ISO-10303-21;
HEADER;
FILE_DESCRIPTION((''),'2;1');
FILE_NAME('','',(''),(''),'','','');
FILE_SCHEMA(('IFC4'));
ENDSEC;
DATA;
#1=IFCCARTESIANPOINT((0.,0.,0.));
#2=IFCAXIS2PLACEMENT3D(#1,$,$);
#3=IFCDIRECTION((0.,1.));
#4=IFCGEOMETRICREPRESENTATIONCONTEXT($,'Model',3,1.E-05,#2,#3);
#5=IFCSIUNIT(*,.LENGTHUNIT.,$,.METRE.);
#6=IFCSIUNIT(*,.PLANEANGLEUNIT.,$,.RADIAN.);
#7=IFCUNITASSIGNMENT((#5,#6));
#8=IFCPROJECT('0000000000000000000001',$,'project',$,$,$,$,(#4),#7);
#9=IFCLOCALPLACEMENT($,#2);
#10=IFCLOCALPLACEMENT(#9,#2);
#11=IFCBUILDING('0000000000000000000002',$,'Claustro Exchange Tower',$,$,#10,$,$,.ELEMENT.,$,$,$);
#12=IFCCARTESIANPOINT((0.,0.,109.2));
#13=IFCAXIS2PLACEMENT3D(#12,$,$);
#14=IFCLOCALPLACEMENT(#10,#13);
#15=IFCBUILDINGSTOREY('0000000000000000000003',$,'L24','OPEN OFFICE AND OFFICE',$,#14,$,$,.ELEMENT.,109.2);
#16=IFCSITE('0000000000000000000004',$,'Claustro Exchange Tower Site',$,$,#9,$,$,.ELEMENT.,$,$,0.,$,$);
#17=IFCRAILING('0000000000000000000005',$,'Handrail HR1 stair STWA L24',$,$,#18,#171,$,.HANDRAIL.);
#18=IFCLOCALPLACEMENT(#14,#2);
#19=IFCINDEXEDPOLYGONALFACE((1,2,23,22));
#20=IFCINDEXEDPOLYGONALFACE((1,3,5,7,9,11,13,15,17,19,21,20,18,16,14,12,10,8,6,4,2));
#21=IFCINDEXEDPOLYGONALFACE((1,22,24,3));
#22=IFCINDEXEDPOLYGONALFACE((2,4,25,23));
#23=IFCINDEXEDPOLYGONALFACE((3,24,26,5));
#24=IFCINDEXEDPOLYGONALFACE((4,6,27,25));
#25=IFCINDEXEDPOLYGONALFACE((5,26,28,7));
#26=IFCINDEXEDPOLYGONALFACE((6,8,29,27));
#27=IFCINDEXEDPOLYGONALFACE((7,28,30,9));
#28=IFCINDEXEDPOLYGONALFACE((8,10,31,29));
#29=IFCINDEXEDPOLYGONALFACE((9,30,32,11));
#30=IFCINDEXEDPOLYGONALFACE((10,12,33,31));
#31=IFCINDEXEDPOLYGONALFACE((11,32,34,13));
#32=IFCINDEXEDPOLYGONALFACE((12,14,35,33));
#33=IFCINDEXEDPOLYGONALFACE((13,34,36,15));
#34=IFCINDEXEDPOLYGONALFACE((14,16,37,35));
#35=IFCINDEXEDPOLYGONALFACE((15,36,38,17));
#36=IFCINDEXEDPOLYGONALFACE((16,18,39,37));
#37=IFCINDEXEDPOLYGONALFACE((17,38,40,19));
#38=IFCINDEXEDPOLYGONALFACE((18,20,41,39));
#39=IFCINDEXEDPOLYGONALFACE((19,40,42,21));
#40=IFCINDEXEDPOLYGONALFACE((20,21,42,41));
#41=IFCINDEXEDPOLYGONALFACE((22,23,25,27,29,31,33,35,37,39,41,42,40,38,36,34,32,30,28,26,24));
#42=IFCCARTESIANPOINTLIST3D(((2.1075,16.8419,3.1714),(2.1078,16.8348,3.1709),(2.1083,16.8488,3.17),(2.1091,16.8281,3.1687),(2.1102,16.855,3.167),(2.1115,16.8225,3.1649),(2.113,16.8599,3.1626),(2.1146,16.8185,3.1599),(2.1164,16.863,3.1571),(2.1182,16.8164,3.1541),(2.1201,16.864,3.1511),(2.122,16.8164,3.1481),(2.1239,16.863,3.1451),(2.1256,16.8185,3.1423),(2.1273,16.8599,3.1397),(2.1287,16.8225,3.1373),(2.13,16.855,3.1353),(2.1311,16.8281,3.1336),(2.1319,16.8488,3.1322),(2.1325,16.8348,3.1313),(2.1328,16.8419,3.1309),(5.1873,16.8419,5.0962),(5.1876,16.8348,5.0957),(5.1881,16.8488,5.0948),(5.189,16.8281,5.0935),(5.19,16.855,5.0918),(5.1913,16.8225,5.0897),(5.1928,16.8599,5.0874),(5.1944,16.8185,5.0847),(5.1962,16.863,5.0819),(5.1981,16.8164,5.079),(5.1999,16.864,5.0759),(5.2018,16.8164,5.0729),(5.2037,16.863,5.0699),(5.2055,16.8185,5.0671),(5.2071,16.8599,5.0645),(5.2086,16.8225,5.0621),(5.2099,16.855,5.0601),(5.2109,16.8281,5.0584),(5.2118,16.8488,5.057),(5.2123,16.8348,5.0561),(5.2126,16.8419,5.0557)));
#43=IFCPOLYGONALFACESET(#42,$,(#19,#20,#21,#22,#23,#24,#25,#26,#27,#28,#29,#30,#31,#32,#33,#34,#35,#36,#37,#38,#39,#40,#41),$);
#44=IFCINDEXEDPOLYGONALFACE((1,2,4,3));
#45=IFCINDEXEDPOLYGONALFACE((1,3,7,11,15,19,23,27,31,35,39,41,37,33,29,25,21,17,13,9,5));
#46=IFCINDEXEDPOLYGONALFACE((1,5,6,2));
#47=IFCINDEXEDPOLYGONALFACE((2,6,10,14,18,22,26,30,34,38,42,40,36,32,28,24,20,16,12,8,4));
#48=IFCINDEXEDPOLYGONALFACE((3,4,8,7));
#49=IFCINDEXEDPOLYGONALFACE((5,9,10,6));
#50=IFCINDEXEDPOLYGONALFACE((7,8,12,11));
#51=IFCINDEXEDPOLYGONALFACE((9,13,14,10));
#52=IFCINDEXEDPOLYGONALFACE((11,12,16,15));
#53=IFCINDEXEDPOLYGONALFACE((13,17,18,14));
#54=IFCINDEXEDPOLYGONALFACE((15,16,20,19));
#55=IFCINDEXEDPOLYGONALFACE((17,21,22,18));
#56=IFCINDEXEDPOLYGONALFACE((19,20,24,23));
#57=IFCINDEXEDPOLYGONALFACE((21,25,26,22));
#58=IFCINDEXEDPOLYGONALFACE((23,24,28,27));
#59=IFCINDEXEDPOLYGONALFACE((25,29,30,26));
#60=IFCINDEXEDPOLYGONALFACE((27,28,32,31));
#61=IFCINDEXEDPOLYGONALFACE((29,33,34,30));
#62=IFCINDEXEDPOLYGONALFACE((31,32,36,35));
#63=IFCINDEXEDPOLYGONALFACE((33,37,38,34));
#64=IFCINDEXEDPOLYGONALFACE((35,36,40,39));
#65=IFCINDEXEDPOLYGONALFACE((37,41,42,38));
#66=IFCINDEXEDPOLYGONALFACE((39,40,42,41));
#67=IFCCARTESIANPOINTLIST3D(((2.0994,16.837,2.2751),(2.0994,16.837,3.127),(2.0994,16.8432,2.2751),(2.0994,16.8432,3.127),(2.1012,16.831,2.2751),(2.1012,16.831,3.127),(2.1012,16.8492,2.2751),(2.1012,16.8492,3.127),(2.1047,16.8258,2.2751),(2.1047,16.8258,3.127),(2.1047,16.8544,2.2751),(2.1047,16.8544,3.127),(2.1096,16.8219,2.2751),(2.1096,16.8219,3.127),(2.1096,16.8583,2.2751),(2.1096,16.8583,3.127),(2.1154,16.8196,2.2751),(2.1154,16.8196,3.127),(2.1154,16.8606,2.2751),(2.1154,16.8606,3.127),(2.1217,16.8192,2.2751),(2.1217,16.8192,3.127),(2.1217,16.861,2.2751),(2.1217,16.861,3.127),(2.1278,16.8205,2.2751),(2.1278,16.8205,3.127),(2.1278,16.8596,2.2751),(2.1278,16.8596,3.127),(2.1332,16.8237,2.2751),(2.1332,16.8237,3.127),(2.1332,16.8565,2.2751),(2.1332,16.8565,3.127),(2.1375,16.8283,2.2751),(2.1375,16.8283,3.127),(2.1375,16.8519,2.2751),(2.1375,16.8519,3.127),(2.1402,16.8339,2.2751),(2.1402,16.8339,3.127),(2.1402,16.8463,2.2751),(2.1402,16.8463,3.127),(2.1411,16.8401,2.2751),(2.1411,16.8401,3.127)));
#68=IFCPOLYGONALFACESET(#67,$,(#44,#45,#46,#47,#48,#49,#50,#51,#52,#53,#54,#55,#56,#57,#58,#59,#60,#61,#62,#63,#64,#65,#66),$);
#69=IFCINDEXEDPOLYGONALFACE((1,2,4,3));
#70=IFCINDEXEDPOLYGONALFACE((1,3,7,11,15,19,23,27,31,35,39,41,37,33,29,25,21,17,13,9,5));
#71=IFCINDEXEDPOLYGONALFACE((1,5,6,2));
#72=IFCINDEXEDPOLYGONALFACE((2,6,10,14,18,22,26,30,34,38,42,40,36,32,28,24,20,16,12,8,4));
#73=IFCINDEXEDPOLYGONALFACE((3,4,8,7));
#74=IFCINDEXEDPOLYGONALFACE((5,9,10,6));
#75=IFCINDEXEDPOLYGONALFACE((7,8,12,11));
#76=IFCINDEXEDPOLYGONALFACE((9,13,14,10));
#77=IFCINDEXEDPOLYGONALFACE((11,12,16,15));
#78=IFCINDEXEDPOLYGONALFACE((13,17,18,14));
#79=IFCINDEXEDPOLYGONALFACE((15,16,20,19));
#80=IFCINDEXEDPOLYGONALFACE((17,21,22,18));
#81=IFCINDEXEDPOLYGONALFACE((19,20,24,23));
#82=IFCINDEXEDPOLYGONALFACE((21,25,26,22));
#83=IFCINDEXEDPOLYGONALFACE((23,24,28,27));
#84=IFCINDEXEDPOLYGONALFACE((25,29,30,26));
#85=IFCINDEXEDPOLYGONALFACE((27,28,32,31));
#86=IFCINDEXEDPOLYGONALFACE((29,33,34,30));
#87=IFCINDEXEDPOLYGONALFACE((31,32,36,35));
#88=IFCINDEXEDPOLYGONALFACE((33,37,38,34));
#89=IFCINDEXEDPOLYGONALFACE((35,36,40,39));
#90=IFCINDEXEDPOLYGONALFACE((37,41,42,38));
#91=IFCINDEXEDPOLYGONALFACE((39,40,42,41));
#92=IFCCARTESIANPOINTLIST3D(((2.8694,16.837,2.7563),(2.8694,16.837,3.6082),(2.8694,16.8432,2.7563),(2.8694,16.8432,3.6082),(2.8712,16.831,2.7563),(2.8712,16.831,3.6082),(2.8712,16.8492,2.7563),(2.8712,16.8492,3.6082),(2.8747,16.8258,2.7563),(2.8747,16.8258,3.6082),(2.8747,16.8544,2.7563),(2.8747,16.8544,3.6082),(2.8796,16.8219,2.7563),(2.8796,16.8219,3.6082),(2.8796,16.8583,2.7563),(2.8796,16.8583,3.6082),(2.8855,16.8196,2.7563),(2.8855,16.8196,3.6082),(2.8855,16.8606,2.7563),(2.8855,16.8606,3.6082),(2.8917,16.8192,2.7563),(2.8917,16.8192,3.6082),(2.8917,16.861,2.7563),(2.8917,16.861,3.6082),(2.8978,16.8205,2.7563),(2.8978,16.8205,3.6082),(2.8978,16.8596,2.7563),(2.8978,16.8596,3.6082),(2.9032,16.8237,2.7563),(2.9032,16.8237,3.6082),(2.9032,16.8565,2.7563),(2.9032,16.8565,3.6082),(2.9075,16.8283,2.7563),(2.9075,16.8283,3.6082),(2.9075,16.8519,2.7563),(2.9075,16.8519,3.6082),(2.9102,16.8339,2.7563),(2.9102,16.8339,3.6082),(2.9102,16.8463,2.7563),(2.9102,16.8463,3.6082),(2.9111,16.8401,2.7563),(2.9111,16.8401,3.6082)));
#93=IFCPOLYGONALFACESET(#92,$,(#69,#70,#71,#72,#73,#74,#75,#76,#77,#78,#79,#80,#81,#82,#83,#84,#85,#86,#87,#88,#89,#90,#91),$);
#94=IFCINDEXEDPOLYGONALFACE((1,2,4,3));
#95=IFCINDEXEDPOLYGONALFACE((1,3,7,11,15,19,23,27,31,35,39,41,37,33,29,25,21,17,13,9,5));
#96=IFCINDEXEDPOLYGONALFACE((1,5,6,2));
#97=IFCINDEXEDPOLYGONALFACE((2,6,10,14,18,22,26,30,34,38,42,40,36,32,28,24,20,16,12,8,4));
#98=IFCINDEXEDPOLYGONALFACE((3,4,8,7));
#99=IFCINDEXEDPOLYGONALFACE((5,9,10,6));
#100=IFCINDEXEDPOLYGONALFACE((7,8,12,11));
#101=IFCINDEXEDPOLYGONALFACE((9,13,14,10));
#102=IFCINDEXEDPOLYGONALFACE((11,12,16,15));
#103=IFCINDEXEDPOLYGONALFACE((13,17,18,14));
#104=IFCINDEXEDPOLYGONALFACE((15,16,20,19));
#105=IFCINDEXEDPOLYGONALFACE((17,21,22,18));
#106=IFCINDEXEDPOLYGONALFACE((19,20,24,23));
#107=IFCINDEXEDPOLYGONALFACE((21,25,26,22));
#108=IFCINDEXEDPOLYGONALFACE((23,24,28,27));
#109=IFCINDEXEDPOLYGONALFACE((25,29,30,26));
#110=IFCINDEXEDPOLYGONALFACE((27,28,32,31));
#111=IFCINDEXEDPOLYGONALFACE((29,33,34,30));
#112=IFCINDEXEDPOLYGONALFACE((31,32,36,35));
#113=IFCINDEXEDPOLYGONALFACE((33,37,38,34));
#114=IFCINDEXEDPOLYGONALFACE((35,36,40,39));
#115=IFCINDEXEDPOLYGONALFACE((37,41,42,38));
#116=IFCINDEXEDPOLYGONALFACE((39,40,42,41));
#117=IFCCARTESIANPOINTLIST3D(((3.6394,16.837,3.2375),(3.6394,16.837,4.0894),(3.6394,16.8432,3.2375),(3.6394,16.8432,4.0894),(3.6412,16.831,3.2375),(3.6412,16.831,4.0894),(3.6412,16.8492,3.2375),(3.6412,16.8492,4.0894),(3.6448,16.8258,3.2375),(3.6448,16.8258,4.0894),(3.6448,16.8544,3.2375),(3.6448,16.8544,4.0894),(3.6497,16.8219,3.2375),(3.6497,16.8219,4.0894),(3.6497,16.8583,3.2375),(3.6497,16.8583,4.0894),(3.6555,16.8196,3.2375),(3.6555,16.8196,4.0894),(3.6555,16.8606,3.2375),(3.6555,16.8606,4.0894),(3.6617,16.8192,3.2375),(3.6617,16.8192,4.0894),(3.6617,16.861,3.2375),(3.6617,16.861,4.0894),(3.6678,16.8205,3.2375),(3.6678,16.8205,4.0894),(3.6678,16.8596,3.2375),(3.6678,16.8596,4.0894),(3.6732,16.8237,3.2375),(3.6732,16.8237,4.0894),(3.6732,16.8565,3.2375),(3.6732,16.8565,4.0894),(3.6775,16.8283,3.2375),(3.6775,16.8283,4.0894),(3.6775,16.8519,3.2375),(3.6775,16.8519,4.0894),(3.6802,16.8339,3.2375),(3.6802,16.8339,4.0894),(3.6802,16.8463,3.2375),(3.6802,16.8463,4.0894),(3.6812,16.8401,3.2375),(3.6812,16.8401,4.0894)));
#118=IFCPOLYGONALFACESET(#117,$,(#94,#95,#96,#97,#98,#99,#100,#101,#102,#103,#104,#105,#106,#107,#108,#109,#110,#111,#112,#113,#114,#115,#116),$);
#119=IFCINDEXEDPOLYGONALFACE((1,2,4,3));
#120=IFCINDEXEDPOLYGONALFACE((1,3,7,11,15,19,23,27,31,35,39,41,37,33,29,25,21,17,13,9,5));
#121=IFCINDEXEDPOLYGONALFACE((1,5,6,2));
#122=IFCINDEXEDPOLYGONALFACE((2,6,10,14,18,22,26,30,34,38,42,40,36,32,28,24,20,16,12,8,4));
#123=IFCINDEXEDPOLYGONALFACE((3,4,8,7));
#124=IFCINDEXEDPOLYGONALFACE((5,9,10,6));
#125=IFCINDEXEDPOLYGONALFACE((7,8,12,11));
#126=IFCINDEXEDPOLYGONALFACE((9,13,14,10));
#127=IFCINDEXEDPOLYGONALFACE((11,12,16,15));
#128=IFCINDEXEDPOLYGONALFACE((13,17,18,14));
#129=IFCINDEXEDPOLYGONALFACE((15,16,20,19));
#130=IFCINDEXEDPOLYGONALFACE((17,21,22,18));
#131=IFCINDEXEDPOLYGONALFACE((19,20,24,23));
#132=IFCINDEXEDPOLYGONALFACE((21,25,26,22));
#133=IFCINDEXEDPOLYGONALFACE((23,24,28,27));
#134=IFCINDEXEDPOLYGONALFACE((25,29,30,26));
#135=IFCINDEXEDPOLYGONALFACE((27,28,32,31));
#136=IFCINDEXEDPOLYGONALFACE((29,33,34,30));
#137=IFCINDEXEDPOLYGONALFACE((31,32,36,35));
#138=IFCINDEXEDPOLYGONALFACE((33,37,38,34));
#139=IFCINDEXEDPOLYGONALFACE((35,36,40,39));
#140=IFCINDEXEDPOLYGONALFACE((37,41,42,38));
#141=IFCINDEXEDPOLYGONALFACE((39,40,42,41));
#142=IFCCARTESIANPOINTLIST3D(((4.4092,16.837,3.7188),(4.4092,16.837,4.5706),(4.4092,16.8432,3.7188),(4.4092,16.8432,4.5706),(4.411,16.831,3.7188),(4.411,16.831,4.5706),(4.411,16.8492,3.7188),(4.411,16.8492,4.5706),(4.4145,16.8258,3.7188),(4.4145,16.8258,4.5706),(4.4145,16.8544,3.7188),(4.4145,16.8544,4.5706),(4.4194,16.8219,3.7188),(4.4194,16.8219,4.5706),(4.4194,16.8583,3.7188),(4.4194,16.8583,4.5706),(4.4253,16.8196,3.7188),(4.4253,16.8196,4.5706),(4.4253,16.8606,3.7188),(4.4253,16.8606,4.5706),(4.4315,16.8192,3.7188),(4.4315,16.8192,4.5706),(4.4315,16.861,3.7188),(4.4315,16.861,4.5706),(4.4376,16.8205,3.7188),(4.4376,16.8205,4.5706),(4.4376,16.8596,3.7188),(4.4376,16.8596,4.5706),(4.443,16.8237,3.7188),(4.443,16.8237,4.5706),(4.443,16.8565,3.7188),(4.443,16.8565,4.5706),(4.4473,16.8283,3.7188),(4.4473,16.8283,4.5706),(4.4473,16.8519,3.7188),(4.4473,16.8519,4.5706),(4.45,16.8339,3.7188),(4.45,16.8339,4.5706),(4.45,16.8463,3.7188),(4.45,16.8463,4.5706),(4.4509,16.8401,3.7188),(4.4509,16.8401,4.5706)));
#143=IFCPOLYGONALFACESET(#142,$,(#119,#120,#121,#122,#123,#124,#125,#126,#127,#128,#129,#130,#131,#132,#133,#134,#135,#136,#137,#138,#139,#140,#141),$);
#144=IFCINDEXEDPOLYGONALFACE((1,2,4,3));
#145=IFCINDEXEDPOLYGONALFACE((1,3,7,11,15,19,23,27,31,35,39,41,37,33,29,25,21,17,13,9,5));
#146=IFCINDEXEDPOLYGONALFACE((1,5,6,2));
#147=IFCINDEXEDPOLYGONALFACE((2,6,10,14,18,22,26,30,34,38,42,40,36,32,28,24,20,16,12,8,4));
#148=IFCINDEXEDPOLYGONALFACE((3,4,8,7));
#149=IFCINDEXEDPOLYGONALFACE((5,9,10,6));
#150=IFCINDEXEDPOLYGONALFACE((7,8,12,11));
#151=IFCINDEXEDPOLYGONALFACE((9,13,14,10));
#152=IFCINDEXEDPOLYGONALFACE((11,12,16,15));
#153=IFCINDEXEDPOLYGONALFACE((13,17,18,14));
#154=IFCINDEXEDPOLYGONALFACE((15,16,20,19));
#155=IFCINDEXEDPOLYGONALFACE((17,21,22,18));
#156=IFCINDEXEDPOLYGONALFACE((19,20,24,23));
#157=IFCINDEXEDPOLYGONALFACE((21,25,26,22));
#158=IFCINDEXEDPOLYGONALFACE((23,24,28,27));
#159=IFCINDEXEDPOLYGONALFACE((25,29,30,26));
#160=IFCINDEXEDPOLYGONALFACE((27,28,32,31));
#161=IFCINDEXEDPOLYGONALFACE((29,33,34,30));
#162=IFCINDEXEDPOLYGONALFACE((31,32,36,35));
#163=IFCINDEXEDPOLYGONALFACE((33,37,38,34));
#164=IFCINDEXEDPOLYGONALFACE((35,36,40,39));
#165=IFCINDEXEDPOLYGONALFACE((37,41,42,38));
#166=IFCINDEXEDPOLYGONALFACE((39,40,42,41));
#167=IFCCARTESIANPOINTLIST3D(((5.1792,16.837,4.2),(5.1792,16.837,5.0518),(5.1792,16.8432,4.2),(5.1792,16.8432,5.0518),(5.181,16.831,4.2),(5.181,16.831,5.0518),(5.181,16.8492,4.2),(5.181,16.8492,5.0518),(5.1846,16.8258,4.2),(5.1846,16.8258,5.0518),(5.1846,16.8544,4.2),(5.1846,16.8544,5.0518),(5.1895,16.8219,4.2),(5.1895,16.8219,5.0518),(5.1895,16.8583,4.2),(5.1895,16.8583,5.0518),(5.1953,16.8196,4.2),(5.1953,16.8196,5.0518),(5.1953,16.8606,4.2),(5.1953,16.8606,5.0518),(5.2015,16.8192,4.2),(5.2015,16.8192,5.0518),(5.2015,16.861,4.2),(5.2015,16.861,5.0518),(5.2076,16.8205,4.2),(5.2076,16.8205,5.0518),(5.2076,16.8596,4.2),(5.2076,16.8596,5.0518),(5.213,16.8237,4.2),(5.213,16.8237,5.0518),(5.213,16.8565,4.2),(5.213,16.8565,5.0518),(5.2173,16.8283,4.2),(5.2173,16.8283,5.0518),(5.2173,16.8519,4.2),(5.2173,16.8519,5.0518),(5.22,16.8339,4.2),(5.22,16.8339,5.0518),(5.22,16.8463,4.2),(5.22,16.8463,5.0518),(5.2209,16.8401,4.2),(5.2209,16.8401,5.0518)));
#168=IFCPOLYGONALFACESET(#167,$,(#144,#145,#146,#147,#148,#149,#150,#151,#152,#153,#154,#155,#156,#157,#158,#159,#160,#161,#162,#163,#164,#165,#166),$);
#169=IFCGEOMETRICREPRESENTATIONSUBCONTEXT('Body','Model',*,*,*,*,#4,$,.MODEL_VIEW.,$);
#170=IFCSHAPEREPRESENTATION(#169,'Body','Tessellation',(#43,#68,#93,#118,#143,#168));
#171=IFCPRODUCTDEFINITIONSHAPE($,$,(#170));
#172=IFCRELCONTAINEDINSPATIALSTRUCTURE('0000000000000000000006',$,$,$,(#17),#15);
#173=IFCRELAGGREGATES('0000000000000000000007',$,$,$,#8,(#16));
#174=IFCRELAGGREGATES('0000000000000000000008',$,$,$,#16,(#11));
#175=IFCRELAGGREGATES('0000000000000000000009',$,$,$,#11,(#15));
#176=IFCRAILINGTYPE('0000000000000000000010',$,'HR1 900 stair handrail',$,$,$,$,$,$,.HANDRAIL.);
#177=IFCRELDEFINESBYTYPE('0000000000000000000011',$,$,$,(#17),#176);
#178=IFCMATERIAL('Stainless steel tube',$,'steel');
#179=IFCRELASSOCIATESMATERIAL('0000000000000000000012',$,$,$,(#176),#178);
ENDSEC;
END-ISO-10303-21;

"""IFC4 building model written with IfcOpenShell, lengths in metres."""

from ifc_helpers import new_model, si_unit, direction, frame, origin, origin_2d, place, context, subcontext, project, spatial, circle, extrude, material, type_object, element, save


model = new_model("IFC4")

# Units and contexts
model_context = context("Model", 3, precision=1e-05, world=origin(), true_north=direction((0.0, 1.0)))
body_context = subcontext(model_context, "Body", "Model", "MODEL_VIEW")
ifc_project = project(units=[si_unit("LENGTHUNIT", "METRE"), si_unit("PLANEANGLEUNIT", "RADIAN")], contexts=[model_context])

# Site, building, storey
site_placement = place(None, origin())
site = spatial("IfcSite", under=ifc_project, at=site_placement, Name="Claustro Exchange Tower Site", CompositionType="ELEMENT", RefElevation=0.0)
building_placement = place(site_placement, origin())
building = spatial("IfcBuilding", under=site, at=building_placement, Name="Claustro Exchange Tower", CompositionType="ELEMENT")
storey_placement = place(building_placement, frame((0.0, 0.0, 109.2)))
storey = spatial("IfcBuildingStorey", under=building, at=storey_placement, Name="L24", Description="OPEN OFFICE AND OFFICE", CompositionType="ELEMENT", Elevation=109.2)

# Railing
ifc_material_1 = material(Name="Stainless steel tube", Category="steel")
railing_type = type_object("IfcRailingType", Name="HR1 900 stair handrail", PredefinedType="HANDRAIL", material=ifc_material_1)
railing_placement = place(storey_placement, frame((2.1201, 16.8401, 2.2751)))
element("IfcRailing", 1, at=railing_placement, inside=storey, type_object=railing_type, Name="Handrail HR1 stair STWA L24", PredefinedType="HANDRAIL", context=body_context, shape_type="SweptSolid", body=[
    extrude(circle(Radius=0.0239, at=origin_2d()), frame((0.0, 0.0, 0.876), z_axis=(0.84801, 0.0, 0.529981), x_axis=(0.0, 1.0, 0.0)), (0.0, 0.0, 1.0), 3.6318),
    extrude(circle(Radius=0.021, at=origin_2d()), origin(), (0.0, 0.0, 1.0), 0.8518),
    extrude(circle(Radius=0.021, at=origin_2d()), frame((0.77, 0.0, 0.4812)), (0.0, 0.0, 1.0), 0.8518),
    extrude(circle(Radius=0.021, at=origin_2d()), frame((1.54, 0.0, 0.9624)), (0.0, 0.0, 1.0), 0.8518),
    extrude(circle(Radius=0.021, at=origin_2d()), frame((2.3098, 0.0, 1.4436)), (0.0, 0.0, 1.0), 0.8518),
    extrude(circle(Radius=0.021, at=origin_2d()), frame((3.0798, 0.0, 1.9248)), (0.0, 0.0, 1.0), 0.8518),
])

save(model, "model.ifc")
